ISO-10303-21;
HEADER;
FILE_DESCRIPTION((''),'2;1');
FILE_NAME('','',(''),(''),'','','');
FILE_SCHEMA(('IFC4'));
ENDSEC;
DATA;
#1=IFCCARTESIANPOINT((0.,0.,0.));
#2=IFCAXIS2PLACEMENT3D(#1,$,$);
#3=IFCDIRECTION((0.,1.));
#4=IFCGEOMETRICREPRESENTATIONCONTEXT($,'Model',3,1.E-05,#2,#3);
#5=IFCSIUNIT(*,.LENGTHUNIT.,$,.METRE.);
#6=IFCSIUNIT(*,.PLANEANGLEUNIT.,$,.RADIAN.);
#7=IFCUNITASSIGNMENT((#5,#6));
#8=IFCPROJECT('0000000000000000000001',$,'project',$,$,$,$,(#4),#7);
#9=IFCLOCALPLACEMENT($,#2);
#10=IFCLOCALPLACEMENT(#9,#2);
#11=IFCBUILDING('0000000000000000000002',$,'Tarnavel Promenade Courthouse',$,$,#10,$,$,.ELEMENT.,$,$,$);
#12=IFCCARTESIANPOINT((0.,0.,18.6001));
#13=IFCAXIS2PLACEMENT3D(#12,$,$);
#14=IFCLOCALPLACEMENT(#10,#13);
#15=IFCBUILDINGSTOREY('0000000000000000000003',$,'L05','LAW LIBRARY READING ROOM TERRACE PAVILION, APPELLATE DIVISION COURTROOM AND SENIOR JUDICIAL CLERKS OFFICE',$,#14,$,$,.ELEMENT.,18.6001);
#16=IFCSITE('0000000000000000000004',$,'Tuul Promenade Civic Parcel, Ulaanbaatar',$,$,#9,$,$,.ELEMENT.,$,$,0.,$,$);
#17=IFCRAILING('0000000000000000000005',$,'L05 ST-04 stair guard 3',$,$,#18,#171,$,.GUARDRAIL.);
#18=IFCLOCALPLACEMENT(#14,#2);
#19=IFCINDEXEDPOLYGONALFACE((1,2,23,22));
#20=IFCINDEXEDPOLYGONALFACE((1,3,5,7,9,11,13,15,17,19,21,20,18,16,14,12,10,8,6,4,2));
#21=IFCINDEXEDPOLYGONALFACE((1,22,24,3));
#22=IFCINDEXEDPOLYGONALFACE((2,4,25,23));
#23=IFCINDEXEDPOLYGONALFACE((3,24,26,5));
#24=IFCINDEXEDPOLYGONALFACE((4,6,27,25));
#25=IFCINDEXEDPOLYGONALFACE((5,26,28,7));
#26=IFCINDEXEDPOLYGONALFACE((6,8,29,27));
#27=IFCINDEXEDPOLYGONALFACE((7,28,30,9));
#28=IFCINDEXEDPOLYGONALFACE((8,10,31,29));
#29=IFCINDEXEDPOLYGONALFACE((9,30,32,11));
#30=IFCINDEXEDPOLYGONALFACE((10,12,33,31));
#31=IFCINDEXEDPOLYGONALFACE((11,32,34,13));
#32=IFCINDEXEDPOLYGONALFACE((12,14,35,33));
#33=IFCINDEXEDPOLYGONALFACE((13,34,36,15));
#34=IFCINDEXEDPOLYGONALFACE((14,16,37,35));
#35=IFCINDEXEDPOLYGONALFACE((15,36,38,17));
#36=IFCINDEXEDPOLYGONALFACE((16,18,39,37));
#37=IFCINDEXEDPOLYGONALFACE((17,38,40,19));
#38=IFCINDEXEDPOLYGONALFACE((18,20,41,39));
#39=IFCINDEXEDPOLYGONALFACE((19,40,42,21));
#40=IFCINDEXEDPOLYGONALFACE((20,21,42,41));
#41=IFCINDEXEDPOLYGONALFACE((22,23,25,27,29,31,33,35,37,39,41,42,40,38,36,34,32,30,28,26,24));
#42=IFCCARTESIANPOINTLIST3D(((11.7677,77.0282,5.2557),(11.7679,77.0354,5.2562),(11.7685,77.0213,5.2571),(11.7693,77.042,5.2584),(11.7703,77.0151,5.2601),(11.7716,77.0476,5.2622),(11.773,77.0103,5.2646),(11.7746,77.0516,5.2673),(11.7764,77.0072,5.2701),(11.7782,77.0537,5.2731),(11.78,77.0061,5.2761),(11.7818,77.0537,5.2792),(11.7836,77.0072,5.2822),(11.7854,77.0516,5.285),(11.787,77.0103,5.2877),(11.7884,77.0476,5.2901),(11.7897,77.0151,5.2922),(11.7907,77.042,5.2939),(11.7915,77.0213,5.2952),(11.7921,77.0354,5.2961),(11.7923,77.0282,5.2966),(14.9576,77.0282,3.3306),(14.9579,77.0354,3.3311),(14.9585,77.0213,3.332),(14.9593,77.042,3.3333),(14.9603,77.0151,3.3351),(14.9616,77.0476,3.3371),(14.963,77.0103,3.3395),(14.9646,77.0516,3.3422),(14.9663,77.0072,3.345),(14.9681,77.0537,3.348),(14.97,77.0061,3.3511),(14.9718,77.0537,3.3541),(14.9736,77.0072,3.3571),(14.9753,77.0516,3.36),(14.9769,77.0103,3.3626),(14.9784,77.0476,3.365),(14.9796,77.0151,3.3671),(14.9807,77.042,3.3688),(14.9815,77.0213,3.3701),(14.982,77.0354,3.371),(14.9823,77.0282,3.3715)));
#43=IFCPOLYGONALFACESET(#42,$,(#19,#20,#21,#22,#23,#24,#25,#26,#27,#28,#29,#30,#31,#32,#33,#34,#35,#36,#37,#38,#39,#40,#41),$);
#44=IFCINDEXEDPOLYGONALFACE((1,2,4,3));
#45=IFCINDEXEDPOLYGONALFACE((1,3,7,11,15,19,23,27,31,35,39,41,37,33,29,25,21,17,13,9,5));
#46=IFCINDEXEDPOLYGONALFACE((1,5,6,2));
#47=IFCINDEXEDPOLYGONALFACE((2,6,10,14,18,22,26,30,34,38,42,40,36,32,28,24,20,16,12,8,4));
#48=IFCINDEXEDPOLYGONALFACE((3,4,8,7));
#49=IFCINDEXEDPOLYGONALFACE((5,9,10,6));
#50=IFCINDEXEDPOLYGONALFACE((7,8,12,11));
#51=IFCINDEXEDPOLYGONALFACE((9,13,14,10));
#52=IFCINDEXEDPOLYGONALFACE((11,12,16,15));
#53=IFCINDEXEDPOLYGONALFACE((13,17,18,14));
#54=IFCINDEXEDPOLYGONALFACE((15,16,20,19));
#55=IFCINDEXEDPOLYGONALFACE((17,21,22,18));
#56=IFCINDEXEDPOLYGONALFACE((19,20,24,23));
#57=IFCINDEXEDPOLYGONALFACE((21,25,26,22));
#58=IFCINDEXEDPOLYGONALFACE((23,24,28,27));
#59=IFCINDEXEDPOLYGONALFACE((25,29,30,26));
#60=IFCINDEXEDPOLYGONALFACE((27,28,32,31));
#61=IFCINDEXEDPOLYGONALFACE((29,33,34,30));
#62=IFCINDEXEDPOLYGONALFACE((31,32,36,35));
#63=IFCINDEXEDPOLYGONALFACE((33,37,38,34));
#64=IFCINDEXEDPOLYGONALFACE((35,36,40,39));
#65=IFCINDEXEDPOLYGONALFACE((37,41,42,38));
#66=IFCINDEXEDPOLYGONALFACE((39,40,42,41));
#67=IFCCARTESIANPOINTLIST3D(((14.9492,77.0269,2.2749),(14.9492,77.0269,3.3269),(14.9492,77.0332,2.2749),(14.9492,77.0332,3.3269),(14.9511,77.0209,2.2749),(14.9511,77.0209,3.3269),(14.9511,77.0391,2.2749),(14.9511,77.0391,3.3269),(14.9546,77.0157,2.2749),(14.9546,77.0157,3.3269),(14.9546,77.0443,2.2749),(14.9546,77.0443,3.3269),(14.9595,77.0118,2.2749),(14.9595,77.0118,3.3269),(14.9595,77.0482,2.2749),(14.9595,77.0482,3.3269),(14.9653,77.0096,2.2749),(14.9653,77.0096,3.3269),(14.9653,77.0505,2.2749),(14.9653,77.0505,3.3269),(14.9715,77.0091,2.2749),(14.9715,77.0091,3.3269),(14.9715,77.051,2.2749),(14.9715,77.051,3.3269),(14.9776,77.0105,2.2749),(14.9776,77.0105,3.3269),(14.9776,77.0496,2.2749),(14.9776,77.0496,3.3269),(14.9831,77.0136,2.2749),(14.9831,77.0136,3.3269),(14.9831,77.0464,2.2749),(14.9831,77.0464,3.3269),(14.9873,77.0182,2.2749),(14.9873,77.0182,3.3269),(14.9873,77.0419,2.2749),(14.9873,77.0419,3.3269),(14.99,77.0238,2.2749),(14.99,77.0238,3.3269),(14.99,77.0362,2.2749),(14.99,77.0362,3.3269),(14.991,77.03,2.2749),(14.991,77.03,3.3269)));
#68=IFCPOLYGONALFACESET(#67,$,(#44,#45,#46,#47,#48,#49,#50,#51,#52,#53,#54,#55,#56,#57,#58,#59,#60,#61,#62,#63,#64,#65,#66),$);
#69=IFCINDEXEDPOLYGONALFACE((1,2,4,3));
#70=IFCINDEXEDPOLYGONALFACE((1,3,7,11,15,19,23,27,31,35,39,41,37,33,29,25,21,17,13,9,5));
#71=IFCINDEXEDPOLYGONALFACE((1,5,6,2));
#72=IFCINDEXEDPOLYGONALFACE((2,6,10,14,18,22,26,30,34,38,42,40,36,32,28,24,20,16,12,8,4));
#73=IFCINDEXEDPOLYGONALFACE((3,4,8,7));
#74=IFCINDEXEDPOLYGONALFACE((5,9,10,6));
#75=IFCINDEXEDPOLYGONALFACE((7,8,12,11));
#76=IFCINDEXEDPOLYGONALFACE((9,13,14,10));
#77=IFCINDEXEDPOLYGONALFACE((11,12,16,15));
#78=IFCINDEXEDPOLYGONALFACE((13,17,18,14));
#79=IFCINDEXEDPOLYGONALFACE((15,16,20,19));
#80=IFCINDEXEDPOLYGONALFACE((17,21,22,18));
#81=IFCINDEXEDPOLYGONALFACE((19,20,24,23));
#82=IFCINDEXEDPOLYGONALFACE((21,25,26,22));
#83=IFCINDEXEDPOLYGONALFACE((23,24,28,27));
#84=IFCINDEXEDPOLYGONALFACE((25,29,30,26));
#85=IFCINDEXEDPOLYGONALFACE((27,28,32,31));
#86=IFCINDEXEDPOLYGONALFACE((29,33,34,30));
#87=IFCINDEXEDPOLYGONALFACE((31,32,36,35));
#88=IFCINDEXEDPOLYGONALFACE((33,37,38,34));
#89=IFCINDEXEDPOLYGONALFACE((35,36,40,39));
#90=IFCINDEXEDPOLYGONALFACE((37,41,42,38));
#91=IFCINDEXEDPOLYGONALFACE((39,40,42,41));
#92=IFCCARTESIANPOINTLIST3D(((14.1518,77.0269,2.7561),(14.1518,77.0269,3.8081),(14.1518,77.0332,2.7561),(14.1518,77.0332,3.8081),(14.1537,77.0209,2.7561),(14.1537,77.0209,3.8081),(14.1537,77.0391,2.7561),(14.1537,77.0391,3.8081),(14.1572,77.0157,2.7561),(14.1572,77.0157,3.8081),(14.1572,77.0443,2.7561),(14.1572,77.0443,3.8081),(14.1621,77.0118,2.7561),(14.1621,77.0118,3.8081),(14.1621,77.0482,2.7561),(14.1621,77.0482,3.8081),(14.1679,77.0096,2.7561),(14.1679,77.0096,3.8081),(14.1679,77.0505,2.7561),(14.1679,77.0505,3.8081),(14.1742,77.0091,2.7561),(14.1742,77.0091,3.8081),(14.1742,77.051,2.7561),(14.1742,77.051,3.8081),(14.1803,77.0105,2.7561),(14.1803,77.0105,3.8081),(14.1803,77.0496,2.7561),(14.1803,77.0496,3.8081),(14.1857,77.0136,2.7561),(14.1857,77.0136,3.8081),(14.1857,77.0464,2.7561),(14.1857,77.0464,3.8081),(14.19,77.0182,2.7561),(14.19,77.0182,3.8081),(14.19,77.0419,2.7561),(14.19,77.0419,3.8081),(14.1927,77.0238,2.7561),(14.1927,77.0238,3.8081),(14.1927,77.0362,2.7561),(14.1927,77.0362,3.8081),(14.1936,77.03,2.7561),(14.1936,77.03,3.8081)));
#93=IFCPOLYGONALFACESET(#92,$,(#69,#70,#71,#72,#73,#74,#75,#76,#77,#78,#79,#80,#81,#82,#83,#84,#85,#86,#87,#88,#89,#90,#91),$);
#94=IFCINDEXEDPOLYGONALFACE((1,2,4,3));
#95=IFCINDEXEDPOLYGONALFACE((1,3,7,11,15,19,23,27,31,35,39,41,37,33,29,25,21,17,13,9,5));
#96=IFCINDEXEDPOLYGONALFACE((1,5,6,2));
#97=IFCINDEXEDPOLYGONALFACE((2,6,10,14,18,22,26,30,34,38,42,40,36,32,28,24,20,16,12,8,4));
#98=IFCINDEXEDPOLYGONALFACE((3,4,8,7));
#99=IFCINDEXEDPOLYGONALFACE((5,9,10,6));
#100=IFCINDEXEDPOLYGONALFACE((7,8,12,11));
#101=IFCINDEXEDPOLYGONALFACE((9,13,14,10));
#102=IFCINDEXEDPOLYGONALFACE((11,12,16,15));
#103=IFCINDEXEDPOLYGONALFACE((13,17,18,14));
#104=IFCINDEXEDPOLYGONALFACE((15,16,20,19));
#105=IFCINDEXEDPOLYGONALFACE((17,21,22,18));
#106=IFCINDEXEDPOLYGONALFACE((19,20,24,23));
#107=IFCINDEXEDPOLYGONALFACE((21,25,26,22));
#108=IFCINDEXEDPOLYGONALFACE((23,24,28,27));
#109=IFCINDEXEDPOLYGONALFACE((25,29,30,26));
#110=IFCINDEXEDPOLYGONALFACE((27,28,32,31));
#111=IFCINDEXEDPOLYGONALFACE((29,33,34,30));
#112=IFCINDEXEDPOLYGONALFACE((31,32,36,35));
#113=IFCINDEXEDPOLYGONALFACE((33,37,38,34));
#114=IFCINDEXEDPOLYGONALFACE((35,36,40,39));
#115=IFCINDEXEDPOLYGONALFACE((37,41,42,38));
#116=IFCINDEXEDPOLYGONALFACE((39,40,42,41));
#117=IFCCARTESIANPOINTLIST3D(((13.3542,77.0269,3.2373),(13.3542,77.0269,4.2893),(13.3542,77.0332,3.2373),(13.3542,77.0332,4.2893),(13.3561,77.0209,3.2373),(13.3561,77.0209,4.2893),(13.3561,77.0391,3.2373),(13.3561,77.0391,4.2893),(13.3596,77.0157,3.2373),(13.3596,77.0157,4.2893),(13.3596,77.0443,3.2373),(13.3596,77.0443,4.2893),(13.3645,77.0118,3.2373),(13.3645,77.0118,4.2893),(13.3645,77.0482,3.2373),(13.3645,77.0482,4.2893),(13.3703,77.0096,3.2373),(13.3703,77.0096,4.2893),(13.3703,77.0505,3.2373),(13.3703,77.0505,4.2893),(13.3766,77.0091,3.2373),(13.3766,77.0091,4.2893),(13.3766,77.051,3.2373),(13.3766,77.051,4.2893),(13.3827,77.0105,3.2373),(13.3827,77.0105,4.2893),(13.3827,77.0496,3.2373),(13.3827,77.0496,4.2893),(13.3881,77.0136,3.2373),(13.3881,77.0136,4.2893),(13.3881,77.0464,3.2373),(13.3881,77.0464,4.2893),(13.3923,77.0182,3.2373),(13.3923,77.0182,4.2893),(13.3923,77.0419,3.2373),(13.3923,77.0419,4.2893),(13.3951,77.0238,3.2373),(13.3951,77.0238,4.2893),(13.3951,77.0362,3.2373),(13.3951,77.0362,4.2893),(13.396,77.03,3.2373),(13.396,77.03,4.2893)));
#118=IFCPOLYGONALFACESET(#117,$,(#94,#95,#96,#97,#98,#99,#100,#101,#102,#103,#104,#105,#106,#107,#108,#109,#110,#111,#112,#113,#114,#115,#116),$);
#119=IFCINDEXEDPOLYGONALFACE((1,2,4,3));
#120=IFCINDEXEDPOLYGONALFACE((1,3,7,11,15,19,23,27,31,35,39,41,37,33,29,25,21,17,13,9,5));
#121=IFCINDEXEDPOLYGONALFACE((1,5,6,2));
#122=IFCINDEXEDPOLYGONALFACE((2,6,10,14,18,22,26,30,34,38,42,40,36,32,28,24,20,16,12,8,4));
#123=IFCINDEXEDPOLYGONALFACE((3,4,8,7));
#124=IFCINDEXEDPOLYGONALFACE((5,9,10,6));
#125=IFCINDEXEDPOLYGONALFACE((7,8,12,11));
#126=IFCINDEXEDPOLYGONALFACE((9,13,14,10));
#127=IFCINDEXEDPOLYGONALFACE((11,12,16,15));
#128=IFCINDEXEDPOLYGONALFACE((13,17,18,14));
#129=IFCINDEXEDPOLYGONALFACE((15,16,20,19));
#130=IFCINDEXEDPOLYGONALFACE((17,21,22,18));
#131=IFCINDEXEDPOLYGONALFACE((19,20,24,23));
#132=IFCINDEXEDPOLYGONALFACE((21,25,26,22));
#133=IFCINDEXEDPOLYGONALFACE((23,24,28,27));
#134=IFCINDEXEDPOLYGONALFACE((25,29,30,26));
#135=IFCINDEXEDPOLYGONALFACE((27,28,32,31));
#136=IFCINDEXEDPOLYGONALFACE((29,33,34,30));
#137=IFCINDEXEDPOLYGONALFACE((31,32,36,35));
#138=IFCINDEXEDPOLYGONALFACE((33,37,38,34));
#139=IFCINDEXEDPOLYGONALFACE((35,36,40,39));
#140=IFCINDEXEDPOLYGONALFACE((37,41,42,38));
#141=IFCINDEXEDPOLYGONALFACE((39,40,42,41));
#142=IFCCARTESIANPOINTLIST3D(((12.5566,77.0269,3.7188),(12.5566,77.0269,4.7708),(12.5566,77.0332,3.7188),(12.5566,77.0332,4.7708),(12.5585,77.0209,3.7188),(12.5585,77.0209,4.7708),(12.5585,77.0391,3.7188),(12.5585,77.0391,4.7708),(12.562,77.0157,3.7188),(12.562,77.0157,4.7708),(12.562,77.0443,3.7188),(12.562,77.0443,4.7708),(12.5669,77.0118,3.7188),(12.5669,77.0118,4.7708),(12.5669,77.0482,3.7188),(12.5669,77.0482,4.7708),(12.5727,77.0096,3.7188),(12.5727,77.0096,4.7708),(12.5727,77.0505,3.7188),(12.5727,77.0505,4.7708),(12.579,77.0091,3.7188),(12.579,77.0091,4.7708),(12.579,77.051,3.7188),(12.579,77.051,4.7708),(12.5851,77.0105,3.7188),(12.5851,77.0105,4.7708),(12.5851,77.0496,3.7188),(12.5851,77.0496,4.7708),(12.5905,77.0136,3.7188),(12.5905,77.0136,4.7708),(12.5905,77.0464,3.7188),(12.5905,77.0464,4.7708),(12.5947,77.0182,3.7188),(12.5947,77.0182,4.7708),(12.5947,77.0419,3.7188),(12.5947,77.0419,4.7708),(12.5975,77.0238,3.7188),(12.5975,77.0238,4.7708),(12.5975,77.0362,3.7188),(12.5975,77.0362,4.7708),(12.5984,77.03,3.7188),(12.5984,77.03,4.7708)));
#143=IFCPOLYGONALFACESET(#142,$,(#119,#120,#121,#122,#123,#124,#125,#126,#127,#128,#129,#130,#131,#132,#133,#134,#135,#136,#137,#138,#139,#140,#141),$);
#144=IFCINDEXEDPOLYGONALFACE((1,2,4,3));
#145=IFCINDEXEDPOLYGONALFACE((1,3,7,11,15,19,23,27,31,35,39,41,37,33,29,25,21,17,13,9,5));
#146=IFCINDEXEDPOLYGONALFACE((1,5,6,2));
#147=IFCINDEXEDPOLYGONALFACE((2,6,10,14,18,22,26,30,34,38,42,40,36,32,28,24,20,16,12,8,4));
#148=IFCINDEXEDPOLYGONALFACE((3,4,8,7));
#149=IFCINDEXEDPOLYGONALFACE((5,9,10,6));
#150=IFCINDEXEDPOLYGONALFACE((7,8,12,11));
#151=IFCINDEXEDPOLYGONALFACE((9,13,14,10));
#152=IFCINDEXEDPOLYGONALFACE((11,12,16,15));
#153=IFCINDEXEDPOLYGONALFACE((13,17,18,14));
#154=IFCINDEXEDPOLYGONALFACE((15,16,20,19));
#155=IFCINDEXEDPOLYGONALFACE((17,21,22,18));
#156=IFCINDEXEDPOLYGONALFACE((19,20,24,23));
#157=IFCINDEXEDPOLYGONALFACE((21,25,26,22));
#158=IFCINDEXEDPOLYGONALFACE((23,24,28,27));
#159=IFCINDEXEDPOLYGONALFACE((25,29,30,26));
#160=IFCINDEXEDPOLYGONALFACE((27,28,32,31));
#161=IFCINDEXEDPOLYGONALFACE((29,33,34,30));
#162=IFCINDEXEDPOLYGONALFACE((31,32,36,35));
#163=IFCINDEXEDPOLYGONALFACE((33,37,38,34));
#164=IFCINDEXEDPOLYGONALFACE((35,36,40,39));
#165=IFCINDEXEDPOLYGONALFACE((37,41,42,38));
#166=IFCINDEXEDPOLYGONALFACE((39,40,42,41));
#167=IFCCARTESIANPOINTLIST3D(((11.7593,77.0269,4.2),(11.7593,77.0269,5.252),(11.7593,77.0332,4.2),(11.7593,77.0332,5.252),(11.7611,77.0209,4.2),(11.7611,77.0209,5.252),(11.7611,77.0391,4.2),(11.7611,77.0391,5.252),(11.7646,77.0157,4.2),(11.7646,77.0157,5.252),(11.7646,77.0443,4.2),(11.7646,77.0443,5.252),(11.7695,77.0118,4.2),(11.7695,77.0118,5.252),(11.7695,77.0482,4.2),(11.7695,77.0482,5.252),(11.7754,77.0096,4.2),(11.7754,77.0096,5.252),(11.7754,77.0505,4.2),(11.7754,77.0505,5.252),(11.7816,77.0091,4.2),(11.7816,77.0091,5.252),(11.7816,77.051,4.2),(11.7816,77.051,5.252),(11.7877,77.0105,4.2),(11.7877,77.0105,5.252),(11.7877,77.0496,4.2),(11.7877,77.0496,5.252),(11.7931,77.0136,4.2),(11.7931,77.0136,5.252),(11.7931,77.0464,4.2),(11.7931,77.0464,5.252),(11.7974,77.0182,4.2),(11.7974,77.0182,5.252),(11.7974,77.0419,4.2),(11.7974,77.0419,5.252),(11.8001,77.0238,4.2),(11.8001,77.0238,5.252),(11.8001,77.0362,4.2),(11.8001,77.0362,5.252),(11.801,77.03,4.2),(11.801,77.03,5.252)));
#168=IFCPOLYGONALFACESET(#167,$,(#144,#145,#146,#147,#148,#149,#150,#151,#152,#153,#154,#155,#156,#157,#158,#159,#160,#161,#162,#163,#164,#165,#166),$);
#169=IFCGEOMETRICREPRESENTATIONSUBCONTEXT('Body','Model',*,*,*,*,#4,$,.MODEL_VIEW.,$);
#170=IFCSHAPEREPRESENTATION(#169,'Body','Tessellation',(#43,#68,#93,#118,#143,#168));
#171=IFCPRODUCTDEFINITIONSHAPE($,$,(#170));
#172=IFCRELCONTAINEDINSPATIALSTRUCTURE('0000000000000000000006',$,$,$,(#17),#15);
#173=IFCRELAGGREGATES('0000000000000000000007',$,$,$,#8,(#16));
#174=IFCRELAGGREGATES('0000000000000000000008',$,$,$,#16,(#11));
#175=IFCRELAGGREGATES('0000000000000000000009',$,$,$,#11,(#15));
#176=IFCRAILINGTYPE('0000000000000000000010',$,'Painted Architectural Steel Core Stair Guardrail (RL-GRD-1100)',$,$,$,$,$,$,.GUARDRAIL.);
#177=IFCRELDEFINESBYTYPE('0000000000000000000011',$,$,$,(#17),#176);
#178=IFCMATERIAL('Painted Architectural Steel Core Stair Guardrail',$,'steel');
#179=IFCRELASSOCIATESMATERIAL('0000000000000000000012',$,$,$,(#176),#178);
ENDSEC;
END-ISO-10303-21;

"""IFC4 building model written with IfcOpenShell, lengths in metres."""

from ifc_helpers import new_model, si_unit, direction, frame, origin, origin_2d, place, context, subcontext, project, spatial, circle, extrude, material, type_object, element, save


model = new_model("IFC4")

# Units and contexts
model_context = context("Model", 3, precision=1e-05, world=origin(), true_north=direction((0.0, 1.0)))
body_context = subcontext(model_context, "Body", "Model", "MODEL_VIEW")
ifc_project = project(units=[si_unit("LENGTHUNIT", "METRE"), si_unit("PLANEANGLEUNIT", "RADIAN")], contexts=[model_context])

# Site, building, storey
site_placement = place(None, origin())
site = spatial("IfcSite", under=ifc_project, at=site_placement, Name="Tuul Promenade Civic Parcel, Ulaanbaatar", CompositionType="ELEMENT", RefElevation=0.0)
building_placement = place(site_placement, origin())
building = spatial("IfcBuilding", under=site, at=building_placement, Name="Tarnavel Promenade Courthouse", CompositionType="ELEMENT")
storey_placement = place(building_placement, frame((0.0, 0.0, 18.6001)))
storey = spatial("IfcBuildingStorey", under=building, at=storey_placement, Name="L05", Description="LAW LIBRARY READING ROOM TERRACE PAVILION, APPELLATE DIVISION COURTROOM AND SENIOR JUDICIAL CLERKS OFFICE", CompositionType="ELEMENT", Elevation=18.6001)

# Railing
ifc_material_1 = material(Name="Painted Architectural Steel Core Stair Guardrail", Category="steel")
railing_type_1 = type_object("IfcRailingType", Name="Painted Architectural Steel Core Stair Guardrail (RL-GRD-1100)", PredefinedType="GUARDRAIL", material=ifc_material_1)
railing_1_placement = place(storey_placement, frame((14.97, 77.03, 2.2749)))
element("IfcRailing", 1, at=railing_1_placement, inside=storey, type_object=railing_type_1, Name="L05 ST-04 stair guard 3", PredefinedType="GUARDRAIL", context=body_context, shape_type="SweptSolid", body=[
    extrude(circle(Radius=0.0239, at=origin_2d()), frame((0.0, 0.0, 1.0762), z_axis=(-0.856178, 0.0, 0.516682), x_axis=(0.0, -1.0, 0.0)), (0.0, 0.0, 1.0), 3.7258),
    extrude(circle(Radius=0.021, at=origin_2d()), origin(), (0.0, 0.0, 1.0), 1.052),
    extrude(circle(Radius=0.021, at=origin_2d()), frame((-0.7974, 0.0, 0.4812)), (0.0, 0.0, 1.0), 1.052),
    extrude(circle(Radius=0.021, at=origin_2d()), frame((-1.595, 0.0, 0.9624)), (0.0, 0.0, 1.0), 1.052),
    extrude(circle(Radius=0.021, at=origin_2d()), frame((-2.3926, 0.0, 1.4438)), (0.0, 0.0, 1.0), 1.052),
    extrude(circle(Radius=0.021, at=origin_2d()), frame((-3.1899, 0.0, 1.925)), (0.0, 0.0, 1.0), 1.052),
])

save(model, "model.ifc")
